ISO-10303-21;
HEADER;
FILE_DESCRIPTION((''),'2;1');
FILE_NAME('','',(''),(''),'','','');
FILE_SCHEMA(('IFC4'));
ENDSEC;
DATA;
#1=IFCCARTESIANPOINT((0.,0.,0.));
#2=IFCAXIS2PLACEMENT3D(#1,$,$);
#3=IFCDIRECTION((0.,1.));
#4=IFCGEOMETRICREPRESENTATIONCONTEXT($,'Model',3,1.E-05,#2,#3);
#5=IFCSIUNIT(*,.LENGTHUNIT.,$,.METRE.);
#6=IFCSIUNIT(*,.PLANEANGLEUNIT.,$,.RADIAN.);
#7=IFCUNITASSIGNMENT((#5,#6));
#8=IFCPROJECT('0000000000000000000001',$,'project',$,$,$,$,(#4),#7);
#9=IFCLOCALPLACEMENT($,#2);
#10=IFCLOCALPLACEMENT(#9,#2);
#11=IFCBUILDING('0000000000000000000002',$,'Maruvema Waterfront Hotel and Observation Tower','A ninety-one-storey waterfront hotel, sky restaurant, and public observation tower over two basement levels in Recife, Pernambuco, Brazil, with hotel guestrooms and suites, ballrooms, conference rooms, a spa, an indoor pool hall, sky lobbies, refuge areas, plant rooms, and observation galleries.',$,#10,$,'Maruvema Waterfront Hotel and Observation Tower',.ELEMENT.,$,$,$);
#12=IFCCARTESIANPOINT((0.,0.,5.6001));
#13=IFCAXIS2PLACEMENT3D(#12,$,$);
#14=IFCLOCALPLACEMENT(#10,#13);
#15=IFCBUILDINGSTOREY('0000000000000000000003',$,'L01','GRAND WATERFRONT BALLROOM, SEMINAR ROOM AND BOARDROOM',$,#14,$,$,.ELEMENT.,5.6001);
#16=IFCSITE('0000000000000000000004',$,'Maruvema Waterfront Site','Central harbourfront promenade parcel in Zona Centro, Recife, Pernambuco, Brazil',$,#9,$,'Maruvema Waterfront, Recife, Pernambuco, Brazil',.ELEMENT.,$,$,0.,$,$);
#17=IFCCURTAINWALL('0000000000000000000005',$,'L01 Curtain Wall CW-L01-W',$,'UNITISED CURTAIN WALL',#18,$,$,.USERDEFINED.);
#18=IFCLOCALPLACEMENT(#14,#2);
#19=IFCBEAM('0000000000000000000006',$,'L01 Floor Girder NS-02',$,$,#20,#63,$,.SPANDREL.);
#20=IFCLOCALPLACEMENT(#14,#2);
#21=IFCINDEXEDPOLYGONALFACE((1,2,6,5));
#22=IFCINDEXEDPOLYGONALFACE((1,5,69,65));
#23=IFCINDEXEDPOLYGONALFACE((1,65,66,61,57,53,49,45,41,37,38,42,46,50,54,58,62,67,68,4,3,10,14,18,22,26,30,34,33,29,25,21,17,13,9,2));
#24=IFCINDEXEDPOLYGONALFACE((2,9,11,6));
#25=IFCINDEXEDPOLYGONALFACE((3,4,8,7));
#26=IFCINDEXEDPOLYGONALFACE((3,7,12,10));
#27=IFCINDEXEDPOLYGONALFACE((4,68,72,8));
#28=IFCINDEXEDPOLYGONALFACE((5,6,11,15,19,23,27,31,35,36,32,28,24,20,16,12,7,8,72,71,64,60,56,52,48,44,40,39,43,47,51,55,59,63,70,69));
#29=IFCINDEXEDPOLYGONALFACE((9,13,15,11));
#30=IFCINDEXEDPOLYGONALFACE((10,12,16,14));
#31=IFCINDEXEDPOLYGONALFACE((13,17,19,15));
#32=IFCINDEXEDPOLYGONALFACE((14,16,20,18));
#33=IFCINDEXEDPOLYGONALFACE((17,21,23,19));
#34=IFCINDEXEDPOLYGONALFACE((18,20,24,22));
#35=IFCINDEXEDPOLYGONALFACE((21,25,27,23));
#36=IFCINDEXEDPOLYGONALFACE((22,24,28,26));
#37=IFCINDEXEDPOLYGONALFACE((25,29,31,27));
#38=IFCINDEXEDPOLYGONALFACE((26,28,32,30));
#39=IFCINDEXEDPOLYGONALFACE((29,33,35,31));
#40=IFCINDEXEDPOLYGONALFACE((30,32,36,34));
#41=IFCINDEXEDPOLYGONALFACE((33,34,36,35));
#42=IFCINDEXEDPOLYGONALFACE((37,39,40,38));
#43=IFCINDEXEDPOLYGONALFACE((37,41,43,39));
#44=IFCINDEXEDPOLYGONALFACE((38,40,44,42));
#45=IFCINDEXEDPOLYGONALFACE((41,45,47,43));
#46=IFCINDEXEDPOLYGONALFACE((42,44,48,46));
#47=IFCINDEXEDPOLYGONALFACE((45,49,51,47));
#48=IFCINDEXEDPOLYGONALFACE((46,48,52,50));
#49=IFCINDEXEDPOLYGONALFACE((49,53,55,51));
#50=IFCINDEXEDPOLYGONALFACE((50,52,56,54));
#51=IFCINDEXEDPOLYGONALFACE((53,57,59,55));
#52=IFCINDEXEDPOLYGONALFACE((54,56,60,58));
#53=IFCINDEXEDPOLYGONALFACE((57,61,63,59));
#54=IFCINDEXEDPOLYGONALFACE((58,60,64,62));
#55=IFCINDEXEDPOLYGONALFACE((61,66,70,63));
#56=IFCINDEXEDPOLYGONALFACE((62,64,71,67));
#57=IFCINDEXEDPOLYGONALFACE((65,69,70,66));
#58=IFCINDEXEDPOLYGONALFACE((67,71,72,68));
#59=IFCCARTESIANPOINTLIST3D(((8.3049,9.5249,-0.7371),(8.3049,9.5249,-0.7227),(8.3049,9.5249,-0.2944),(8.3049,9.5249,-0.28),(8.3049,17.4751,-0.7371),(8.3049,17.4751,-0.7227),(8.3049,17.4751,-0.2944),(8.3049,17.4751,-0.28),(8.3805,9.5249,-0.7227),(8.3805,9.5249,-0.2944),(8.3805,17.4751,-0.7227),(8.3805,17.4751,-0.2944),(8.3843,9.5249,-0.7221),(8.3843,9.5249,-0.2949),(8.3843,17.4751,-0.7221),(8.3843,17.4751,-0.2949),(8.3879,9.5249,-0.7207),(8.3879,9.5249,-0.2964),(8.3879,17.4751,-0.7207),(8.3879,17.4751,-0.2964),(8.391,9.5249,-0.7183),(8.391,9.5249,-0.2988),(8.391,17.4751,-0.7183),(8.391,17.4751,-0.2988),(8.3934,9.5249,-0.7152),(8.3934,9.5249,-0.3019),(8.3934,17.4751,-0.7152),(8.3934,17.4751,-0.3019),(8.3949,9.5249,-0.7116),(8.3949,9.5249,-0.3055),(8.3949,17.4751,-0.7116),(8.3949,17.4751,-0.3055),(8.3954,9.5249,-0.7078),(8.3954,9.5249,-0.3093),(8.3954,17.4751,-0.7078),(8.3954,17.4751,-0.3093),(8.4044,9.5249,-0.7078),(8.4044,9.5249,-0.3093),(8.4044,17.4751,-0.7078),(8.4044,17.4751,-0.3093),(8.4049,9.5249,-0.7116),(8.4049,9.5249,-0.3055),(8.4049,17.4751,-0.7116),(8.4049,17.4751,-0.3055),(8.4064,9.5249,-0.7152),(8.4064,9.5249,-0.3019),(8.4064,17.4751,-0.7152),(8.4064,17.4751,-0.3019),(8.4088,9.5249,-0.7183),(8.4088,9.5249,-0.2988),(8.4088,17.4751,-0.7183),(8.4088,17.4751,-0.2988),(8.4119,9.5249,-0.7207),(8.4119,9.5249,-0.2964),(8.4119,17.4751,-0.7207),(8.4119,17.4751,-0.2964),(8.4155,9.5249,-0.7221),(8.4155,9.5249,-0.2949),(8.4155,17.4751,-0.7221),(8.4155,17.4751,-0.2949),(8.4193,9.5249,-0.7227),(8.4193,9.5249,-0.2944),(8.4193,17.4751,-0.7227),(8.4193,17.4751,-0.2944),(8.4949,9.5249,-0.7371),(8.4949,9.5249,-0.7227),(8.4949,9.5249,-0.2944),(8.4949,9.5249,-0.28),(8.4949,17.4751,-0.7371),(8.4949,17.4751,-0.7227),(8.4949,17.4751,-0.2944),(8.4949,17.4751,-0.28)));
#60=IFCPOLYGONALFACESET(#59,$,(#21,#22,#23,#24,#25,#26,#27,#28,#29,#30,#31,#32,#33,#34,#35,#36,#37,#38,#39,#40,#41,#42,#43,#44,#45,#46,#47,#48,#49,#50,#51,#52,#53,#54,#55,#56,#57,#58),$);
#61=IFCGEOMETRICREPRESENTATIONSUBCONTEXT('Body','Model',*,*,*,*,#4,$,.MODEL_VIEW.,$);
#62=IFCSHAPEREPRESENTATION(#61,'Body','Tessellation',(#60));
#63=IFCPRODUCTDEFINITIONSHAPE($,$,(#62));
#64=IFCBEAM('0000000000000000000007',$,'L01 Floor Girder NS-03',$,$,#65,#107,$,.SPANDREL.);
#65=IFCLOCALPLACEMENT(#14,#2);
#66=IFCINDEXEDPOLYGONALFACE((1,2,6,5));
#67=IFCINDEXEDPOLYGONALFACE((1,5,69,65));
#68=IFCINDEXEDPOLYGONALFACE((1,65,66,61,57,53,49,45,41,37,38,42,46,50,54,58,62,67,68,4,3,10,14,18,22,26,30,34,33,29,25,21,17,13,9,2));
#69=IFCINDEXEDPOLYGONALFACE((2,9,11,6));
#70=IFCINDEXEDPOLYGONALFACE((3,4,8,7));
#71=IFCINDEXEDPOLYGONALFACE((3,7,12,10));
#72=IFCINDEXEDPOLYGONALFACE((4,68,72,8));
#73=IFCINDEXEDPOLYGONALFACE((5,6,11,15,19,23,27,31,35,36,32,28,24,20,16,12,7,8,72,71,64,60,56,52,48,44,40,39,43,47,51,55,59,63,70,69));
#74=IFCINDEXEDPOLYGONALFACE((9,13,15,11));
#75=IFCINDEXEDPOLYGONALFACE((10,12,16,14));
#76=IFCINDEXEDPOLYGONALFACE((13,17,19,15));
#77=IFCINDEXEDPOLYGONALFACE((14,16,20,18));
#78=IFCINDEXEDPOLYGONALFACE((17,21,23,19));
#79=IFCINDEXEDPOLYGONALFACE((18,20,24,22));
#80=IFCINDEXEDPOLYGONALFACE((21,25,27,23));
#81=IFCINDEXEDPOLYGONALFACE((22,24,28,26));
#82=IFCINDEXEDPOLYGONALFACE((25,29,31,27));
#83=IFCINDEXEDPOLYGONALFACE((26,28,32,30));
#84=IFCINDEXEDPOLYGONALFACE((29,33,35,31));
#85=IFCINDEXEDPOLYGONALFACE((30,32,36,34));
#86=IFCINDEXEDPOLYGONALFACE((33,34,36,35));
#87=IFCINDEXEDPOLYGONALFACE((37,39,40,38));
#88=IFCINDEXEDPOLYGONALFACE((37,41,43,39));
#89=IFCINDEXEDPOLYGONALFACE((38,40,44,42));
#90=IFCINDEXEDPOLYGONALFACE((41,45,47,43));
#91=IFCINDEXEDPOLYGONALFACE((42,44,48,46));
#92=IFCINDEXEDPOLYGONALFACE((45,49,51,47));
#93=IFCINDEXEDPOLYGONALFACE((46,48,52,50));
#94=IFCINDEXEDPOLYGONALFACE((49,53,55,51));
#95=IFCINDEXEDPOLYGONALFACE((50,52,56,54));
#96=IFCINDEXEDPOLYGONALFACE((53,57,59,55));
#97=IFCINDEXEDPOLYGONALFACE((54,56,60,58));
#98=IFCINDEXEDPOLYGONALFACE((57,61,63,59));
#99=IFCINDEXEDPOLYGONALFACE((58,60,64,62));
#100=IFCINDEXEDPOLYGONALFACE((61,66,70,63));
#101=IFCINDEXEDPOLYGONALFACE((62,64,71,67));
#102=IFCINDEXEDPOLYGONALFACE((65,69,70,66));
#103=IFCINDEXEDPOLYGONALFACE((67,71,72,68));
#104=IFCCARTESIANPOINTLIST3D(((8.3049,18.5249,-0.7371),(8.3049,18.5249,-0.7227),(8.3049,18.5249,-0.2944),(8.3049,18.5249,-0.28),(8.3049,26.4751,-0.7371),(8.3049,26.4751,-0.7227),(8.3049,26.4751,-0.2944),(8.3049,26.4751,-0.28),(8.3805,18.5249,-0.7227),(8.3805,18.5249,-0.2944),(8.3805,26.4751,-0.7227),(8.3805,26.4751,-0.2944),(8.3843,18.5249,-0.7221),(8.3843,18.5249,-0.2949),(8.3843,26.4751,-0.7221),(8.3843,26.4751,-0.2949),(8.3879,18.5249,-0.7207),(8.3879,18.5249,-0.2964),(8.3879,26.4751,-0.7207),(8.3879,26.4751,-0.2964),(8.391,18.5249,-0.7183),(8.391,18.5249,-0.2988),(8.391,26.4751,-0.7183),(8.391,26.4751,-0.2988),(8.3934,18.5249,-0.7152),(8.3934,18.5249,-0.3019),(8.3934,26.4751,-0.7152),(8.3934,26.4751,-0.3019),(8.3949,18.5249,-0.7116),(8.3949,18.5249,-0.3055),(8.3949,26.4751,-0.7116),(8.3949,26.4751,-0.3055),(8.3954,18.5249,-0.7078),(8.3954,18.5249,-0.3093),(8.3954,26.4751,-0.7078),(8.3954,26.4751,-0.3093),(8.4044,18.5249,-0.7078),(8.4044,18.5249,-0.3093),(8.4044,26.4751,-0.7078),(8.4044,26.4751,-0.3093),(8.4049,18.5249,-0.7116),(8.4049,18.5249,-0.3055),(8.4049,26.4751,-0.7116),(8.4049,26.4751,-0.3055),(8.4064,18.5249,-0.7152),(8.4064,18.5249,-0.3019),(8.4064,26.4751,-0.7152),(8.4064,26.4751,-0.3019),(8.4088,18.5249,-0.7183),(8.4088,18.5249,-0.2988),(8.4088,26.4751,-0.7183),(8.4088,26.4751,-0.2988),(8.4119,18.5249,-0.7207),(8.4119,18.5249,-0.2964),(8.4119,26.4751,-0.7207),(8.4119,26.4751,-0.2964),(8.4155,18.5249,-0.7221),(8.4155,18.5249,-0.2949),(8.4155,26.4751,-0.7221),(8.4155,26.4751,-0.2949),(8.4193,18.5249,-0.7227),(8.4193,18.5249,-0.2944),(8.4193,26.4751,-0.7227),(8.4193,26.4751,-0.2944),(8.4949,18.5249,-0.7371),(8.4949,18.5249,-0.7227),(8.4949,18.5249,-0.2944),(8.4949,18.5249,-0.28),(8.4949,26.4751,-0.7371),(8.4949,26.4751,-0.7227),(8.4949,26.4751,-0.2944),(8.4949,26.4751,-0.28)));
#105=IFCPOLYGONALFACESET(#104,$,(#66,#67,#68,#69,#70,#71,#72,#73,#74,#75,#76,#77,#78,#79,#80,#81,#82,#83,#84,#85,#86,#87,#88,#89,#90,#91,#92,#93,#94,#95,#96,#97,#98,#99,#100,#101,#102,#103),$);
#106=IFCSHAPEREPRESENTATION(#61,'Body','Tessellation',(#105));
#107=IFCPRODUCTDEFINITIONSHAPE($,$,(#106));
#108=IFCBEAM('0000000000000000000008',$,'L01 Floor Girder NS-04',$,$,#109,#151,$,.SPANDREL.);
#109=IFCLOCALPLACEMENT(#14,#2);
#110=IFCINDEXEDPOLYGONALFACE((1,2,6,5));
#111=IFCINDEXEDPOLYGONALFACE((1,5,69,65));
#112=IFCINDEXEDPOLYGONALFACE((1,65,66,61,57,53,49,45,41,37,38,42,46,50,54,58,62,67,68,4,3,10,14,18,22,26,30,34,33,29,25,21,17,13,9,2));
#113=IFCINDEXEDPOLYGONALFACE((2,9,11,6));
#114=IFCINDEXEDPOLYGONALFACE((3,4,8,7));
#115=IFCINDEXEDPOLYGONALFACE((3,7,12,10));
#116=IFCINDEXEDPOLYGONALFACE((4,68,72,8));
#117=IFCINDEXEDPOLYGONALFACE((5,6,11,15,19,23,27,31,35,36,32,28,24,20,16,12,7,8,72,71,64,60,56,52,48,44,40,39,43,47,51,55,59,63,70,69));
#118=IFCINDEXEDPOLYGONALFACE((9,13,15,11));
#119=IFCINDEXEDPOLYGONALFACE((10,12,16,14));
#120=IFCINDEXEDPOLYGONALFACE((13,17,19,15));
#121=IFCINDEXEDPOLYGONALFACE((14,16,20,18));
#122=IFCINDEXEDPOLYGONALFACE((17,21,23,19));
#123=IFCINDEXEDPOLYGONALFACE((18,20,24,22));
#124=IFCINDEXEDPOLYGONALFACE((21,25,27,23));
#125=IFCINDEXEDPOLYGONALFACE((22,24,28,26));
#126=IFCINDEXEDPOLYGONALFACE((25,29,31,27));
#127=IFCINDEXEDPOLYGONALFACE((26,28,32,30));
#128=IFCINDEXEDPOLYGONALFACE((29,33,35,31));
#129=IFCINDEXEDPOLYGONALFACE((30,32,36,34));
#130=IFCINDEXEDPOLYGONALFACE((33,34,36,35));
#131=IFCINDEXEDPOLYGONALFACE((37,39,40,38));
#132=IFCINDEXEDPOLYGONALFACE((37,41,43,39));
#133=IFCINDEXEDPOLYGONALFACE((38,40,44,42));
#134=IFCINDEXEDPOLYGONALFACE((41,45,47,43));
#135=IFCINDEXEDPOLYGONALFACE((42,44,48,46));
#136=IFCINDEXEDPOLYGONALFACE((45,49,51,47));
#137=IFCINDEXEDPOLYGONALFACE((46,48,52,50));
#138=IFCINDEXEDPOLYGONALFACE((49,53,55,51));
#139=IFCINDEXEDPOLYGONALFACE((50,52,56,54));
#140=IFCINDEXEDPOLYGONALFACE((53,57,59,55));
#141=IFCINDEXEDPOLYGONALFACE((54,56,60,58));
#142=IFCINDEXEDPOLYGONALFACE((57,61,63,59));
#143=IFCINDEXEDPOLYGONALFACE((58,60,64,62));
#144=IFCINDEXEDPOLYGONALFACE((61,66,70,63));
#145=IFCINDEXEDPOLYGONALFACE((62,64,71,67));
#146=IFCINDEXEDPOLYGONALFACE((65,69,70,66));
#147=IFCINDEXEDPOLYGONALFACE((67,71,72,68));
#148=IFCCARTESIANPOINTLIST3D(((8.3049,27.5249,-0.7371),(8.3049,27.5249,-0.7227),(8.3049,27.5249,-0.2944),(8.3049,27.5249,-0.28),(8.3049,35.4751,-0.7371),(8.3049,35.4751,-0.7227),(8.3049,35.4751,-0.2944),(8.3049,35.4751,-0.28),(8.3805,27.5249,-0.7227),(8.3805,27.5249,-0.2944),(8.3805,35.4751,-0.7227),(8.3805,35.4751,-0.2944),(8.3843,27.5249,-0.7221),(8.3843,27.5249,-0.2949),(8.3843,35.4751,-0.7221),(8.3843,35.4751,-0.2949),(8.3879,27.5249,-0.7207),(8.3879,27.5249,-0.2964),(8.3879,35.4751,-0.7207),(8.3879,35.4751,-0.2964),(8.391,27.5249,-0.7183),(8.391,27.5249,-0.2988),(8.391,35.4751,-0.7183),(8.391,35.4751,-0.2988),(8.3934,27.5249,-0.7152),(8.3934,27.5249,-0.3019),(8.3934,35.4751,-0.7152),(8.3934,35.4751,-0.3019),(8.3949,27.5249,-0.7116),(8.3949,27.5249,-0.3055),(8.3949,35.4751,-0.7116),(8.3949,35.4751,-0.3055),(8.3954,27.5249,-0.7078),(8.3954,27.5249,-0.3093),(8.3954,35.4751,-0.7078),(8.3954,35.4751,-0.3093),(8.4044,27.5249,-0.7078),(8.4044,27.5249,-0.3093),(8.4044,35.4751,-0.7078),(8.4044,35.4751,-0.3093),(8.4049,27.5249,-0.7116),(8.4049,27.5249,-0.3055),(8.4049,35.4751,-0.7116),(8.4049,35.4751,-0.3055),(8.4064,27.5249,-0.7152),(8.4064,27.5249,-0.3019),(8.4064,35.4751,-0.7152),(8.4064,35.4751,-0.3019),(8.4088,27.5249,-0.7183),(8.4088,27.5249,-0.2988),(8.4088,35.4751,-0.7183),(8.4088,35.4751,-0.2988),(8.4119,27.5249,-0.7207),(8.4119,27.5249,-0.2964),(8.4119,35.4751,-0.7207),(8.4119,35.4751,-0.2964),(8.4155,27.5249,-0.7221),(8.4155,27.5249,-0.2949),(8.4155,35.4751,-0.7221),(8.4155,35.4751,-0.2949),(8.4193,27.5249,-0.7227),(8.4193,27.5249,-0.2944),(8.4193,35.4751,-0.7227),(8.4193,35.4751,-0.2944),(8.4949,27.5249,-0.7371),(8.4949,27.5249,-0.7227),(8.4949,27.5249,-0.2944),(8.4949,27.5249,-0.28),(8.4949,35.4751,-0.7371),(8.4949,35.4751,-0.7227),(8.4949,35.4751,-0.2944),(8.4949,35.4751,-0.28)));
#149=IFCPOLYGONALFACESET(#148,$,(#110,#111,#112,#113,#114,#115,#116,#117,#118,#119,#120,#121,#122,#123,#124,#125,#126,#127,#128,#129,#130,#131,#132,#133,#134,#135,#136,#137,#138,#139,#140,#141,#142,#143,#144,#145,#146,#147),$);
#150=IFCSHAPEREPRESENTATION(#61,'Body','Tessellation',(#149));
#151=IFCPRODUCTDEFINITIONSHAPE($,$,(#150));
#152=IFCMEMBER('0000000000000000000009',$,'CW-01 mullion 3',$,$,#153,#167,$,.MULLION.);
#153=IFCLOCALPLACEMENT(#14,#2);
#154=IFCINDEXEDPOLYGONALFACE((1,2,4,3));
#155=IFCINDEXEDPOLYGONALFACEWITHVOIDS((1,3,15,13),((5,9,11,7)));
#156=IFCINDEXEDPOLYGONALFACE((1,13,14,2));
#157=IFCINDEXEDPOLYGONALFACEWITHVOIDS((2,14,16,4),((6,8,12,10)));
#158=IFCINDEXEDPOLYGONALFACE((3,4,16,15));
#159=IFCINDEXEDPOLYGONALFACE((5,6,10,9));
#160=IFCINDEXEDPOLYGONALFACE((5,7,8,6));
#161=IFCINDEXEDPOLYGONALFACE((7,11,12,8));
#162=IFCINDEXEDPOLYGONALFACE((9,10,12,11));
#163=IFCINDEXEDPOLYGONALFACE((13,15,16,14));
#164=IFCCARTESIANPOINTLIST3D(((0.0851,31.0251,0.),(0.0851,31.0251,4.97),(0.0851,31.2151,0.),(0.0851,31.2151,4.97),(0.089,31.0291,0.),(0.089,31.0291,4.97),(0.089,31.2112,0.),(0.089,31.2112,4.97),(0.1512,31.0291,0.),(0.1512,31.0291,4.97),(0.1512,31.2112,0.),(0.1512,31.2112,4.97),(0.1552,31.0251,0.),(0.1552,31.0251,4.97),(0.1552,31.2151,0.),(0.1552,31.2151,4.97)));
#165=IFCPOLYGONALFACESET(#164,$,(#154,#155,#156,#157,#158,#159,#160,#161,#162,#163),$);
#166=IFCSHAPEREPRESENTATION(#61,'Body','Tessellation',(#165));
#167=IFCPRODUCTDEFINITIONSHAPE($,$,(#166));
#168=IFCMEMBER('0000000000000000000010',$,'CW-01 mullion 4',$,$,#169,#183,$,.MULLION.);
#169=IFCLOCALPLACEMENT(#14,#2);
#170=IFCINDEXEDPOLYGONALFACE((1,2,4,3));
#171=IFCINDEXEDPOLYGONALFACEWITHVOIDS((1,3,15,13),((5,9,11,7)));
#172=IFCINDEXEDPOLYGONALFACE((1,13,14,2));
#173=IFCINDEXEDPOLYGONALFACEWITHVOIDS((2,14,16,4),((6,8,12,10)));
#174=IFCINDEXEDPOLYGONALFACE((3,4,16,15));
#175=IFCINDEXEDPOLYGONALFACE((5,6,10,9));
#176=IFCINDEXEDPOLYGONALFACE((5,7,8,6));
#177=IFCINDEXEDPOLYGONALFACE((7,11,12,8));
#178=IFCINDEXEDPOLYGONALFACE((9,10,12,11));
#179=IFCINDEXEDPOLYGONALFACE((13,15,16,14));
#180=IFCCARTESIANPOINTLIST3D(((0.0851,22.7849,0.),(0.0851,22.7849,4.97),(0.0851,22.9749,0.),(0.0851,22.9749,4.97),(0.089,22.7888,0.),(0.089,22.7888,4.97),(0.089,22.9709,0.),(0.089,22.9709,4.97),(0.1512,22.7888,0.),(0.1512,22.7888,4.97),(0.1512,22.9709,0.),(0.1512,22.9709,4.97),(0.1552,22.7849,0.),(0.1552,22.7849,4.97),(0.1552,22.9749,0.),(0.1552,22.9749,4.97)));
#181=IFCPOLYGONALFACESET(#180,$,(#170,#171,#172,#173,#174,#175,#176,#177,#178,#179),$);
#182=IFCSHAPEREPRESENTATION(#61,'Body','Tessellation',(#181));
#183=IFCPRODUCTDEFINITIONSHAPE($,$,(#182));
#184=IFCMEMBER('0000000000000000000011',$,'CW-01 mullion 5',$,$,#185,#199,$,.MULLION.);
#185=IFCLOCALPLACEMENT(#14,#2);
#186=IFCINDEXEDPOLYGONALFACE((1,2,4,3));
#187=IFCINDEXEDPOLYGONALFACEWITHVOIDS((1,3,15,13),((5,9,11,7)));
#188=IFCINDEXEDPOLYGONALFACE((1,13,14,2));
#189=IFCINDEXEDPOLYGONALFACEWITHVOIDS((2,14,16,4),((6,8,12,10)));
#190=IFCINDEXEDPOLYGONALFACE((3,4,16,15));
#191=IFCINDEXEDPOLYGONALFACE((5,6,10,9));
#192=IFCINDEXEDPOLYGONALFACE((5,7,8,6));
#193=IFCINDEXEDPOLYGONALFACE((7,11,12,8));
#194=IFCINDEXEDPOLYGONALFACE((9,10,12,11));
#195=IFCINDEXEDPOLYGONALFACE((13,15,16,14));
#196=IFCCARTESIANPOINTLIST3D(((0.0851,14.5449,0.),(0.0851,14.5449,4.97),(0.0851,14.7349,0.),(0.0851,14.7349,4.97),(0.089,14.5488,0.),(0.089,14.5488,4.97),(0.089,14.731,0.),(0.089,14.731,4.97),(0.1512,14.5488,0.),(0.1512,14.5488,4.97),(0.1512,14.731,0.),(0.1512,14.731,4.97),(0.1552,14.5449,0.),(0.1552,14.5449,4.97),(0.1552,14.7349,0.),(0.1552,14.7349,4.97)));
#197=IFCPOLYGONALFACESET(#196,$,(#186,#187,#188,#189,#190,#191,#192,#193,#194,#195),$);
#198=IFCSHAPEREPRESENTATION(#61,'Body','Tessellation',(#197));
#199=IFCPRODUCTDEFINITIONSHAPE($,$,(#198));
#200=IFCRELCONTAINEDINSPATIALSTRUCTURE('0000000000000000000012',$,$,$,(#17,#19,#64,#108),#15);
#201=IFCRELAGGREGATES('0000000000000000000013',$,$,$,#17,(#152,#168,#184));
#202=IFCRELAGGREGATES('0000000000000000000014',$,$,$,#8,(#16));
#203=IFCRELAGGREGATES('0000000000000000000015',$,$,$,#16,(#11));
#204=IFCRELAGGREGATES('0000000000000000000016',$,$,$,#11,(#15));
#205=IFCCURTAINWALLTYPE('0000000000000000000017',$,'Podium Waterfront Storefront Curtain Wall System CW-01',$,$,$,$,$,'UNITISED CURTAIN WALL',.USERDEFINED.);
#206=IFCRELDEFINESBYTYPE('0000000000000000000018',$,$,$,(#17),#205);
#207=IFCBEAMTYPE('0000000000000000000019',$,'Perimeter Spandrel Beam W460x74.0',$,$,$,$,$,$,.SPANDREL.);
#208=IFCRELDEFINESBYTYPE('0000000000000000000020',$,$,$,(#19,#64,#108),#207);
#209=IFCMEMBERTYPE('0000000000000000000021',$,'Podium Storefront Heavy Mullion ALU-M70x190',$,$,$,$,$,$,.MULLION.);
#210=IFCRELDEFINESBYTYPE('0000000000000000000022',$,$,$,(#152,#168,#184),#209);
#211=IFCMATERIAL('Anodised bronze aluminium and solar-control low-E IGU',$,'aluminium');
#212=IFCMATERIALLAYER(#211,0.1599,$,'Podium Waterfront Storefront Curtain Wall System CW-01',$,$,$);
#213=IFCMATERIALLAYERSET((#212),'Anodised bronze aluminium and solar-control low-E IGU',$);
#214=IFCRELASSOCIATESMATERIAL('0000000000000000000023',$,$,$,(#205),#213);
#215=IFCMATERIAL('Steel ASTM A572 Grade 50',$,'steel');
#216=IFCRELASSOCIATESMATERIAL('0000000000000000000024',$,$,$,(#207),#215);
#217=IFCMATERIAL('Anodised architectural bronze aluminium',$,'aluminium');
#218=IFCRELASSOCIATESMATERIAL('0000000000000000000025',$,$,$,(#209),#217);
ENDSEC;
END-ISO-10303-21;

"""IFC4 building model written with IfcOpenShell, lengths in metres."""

from ifc_helpers import new_model, si_unit, direction, frame, origin, origin_2d, place, context, subcontext, project, spatial, hollow_rectangle, i_section, extrude, material, layer, layer_set, material_profile, profile_set, type_object, element, aggregate, save


model = new_model("IFC4")

# Units and contexts
model_context = context("Model", 3, precision=1e-05, world=origin(), true_north=direction((0.0, 1.0)))
body_context = subcontext(model_context, "Body", "Model", "MODEL_VIEW")
ifc_project = project(units=[si_unit("LENGTHUNIT", "METRE"), si_unit("PLANEANGLEUNIT", "RADIAN")], contexts=[model_context])

# Site, building, storey
site_placement = place(None, origin())
site = spatial("IfcSite", under=ifc_project, at=site_placement, Name="Maruvema Waterfront Site", Description="Central harbourfront promenade parcel in Zona Centro, Recife, Pernambuco, Brazil", LongName="Maruvema Waterfront, Recife, Pernambuco, Brazil", CompositionType="ELEMENT", RefElevation=0.0)
building_placement = place(site_placement, origin())
building = spatial("IfcBuilding", under=site, at=building_placement, Name="Maruvema Waterfront Hotel and Observation Tower", Description="A ninety-one-storey waterfront hotel, sky restaurant, and public observation tower over two basement levels in Recife, Pernambuco, Brazil, with hotel guestrooms and suites, ballrooms, conference rooms, a spa, an indoor pool hall, sky lobbies, refuge areas, plant rooms, and observation galleries.", LongName="Maruvema Waterfront Hotel and Observation Tower", CompositionType="ELEMENT")
storey_placement = place(building_placement, frame((0.0, 0.0, 5.6001)))
storey = spatial("IfcBuildingStorey", under=building, at=storey_placement, Name="L01", Description="GRAND WATERFRONT BALLROOM, SEMINAR ROOM AND BOARDROOM", CompositionType="ELEMENT", Elevation=5.6001)

# Curtain wall
ifc_material_1 = material(Name="Anodised bronze aluminium and solar-control low-E IGU", Category="aluminium")
ifc_layer_1 = layer(ifc_material_1, 0.1599, Name="Podium Waterfront Storefront Curtain Wall System CW-01")
ifc_layer_set_1 = layer_set([ifc_layer_1], Name="Anodised bronze aluminium and solar-control low-E IGU")
curtain_wall_type = type_object("IfcCurtainWallType", Name="Podium Waterfront Storefront Curtain Wall System CW-01", ElementType="UNITISED CURTAIN WALL", PredefinedType="USERDEFINED", material=ifc_layer_set_1)
curtain_wall_placement = place(storey_placement, origin())
curtain_wall = element("IfcCurtainWall", 1, at=curtain_wall_placement, inside=storey, type_object=curtain_wall_type, Name="L01 Curtain Wall CW-L01-W", ObjectType="UNITISED CURTAIN WALL", PredefinedType="USERDEFINED")

# Beams
ifc_material_2 = material(Name="Steel ASTM A572 Grade 50", Category="steel")
ifc_material_profile_1 = material_profile(ifc_material_2, i_section(OverallWidth=0.1899, OverallDepth=0.457, WebThickness=0.009, FlangeThickness=0.0144, FilletRadius=0.0149, at=origin_2d()), Name="W460x74.0")
ifc_profile_set_1 = profile_set([ifc_material_profile_1], Name="Steel ASTM A572 Grade 50")
beam_type_1 = type_object("IfcBeamType", Name="Perimeter Spandrel Beam W460x74.0", PredefinedType="SPANDREL", material=ifc_profile_set_1)
for number, where, z_axis, x_axis, name in (
    (2, (8.3999, 9.5249, -0.5085), (0.0, 1.0, 0.0), (-1.0, 0.0, 0.0), "L01 Floor Girder NS-02"),
    (3, (8.3999, 18.5249, -0.5085), (0.0, 1.0, 0.0), (-1.0, 0.0, 0.0), "L01 Floor Girder NS-03"),
    (4, (8.3999, 27.5249, -0.5085), (0.0, 1.0, 0.0), (-1.0, 0.0, 0.0), "L01 Floor Girder NS-04"),
):
    element("IfcBeam", number, at=place(storey_placement, frame(where, z_axis=z_axis, x_axis=x_axis)), inside=storey, type_object=beam_type_1, Name=name, PredefinedType="SPANDREL", context=body_context, shape_type="SweptSolid", body=[
        extrude(i_section(OverallWidth=0.1899, OverallDepth=0.457, WebThickness=0.009, FlangeThickness=0.0144, FilletRadius=0.0149, at=origin_2d()), origin(), (0.0, 0.0, 1.0), 7.9502),
    ])

# Members
ifc_material_3 = material(Name="Anodised architectural bronze aluminium", Category="aluminium")
ifc_material_profile_2 = material_profile(ifc_material_3, hollow_rectangle(XDim=0.0701, YDim=0.1899, WallThickness=0.0039, at=origin_2d()), Name="ALU-M70x190")
ifc_profile_set_2 = profile_set([ifc_material_profile_2], Name="Anodised architectural bronze aluminium")
member_type_1 = type_object("IfcMemberType", Name="Podium Storefront Heavy Mullion ALU-M70x190", PredefinedType="MULLION", material=ifc_profile_set_2)
member_1_placement = place(storey_placement, frame((0.1201, 31.1201, 0.0), z_axis=(0.0, 0.0, 1.0), x_axis=(1.0, 0.0, 0.0)))
member_1 = element("IfcMember", 5, at=member_1_placement, type_object=member_type_1, Name="CW-01 mullion 3", PredefinedType="MULLION", context=body_context, shape_type="SweptSolid", body=[
    extrude(hollow_rectangle(XDim=0.0701, YDim=0.1899, WallThickness=0.0039, at=origin_2d()), origin(), (0.0, 0.0, 1.0), 4.97),
])
member_2_placement = place(storey_placement, frame((0.1201, 22.8799, 0.0), z_axis=(0.0, 0.0, 1.0), x_axis=(1.0, 0.0, 0.0)))
member_2 = element("IfcMember", 6, at=member_2_placement, type_object=member_type_1, Name="CW-01 mullion 4", PredefinedType="MULLION", context=body_context, shape_type="SweptSolid", body=[
    extrude(hollow_rectangle(XDim=0.0701, YDim=0.1899, WallThickness=0.0039, at=origin_2d()), origin(), (0.0, 0.0, 1.0), 4.97),
])
member_3_placement = place(storey_placement, frame((0.1201, 14.6399, 0.0), z_axis=(0.0, 0.0, 1.0), x_axis=(1.0, 0.0, 0.0)))
member_3 = element("IfcMember", 7, at=member_3_placement, type_object=member_type_1, Name="CW-01 mullion 5", PredefinedType="MULLION", context=body_context, shape_type="SweptSolid", body=[
    extrude(hollow_rectangle(XDim=0.0701, YDim=0.1899, WallThickness=0.0039, at=origin_2d()), origin(), (0.0, 0.0, 1.0), 4.97),
])

aggregate(curtain_wall, [member_1, member_2, member_3])

save(model, "model.ifc")
